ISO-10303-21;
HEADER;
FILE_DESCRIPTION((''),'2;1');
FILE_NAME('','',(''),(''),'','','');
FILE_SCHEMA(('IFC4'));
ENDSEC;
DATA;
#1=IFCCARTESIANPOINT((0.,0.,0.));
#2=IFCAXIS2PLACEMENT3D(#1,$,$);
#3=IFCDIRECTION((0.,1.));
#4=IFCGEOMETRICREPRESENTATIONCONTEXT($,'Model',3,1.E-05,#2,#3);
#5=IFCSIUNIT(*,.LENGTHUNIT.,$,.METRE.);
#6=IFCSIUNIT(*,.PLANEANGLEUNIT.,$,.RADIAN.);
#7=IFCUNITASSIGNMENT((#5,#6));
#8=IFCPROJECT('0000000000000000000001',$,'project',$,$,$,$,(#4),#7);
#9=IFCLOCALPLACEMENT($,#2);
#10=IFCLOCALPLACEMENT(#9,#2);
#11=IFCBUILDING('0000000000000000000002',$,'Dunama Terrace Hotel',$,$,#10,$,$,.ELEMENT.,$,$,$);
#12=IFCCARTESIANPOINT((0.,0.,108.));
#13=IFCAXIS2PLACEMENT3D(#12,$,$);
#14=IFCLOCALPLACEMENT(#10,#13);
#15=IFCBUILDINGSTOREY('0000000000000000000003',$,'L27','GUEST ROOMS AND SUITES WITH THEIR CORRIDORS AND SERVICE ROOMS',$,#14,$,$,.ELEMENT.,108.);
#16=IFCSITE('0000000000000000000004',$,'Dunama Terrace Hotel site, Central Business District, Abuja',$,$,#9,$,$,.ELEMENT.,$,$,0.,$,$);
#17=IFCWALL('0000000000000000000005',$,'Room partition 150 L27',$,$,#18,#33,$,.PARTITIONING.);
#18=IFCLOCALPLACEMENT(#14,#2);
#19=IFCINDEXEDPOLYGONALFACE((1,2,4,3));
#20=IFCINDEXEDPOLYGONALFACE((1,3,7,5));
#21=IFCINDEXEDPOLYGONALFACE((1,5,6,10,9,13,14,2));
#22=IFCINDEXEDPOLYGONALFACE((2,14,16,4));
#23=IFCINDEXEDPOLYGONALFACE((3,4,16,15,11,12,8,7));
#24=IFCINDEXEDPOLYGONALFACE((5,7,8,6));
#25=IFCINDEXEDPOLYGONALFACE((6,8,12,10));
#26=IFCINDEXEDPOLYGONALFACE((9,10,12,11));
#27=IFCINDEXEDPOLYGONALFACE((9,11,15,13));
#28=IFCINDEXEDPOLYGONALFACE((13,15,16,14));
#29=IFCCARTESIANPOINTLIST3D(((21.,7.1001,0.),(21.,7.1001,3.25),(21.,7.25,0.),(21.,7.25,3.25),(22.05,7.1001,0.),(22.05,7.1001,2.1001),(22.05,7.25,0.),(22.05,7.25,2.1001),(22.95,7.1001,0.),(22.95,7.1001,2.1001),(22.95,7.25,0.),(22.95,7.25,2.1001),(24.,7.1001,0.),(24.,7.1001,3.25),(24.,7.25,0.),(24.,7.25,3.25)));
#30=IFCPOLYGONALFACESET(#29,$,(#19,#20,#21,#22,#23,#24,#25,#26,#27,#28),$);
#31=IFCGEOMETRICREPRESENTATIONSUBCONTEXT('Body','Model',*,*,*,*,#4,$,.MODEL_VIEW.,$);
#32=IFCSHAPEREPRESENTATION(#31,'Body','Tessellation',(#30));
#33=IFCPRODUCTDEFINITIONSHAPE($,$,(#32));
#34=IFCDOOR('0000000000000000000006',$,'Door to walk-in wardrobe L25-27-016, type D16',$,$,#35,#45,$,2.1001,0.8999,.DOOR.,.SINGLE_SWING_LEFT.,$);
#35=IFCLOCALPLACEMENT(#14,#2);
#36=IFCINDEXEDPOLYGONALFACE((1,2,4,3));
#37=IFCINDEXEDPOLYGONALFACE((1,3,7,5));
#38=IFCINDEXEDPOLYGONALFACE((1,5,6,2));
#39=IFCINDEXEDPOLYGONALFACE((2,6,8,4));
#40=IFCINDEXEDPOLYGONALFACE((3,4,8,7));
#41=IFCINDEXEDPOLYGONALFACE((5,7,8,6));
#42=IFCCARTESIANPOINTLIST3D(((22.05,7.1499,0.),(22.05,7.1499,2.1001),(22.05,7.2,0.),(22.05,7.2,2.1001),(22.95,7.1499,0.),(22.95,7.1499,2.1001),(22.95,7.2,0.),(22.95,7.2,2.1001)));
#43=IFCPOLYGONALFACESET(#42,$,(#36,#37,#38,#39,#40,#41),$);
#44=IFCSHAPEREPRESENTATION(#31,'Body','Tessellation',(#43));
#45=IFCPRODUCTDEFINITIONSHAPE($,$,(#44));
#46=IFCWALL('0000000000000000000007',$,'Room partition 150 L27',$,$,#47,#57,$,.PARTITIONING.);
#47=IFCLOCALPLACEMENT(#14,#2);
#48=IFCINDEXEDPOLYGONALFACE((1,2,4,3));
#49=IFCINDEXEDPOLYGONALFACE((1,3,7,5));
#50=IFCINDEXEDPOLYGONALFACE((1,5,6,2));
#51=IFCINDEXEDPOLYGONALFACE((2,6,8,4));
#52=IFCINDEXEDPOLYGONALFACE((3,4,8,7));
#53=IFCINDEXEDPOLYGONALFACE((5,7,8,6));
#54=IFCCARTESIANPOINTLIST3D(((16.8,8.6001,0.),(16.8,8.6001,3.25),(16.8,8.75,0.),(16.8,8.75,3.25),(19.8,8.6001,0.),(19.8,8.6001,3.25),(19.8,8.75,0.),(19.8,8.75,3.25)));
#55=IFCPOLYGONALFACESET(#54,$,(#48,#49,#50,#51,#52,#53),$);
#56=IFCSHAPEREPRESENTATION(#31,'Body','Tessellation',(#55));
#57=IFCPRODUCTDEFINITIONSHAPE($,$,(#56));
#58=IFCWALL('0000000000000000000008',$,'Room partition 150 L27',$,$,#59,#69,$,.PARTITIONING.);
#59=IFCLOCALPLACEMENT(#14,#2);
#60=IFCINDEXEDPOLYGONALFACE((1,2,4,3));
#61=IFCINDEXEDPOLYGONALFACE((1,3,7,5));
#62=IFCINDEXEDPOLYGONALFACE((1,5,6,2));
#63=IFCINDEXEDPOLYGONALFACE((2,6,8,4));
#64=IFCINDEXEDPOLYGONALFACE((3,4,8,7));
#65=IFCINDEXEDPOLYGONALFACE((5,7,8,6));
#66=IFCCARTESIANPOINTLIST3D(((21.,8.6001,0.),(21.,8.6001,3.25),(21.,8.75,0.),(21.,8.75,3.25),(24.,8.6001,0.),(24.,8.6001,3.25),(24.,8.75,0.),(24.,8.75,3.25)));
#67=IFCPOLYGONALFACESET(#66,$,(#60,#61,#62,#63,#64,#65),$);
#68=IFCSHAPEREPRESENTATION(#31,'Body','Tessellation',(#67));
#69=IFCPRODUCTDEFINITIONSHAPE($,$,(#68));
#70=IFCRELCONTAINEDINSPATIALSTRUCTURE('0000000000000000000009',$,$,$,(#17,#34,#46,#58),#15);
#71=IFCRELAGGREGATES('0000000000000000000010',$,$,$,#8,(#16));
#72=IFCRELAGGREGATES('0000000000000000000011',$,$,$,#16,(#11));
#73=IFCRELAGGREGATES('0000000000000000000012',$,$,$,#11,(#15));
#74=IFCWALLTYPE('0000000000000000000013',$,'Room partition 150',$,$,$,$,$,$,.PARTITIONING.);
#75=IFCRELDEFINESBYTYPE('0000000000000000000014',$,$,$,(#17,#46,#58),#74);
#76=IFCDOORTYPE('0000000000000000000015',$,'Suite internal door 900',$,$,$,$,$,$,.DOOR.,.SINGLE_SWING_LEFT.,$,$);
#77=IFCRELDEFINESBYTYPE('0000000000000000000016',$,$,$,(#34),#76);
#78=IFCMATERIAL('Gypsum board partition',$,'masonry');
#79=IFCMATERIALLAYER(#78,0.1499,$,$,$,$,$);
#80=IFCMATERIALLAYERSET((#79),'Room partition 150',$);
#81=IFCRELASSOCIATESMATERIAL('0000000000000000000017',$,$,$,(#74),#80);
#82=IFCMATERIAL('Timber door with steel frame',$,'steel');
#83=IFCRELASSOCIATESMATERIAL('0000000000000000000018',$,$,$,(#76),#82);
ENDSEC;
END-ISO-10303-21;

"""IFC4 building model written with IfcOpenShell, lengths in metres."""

from ifc_helpers import new_model, si_unit, direction, frame, frame_2d, origin, place, context, subcontext, project, spatial, rectangle, extrude, material, layer, layer_set, type_object, element, fill, save


model = new_model("IFC4")

# Units and contexts
model_context = context("Model", 3, precision=1e-05, world=origin(), true_north=direction((0.0, 1.0)))
body_context = subcontext(model_context, "Body", "Model", "MODEL_VIEW")
ifc_project = project(units=[si_unit("LENGTHUNIT", "METRE"), si_unit("PLANEANGLEUNIT", "RADIAN")], contexts=[model_context])

# Site, building, storey
site_placement = place(None, origin())
site = spatial("IfcSite", under=ifc_project, at=site_placement, Name="Dunama Terrace Hotel site, Central Business District, Abuja", CompositionType="ELEMENT", RefElevation=0.0)
building_placement = place(site_placement, origin())
building = spatial("IfcBuilding", under=site, at=building_placement, Name="Dunama Terrace Hotel", CompositionType="ELEMENT")
storey_placement = place(building_placement, frame((0.0, 0.0, 108.0)))
storey = spatial("IfcBuildingStorey", under=building, at=storey_placement, Name="L27", Description="GUEST ROOMS AND SUITES WITH THEIR CORRIDORS AND SERVICE ROOMS", CompositionType="ELEMENT", Elevation=108.0)

# Shared definitions
ifc_material_1 = material(Name="Gypsum board partition", Category="masonry")
ifc_layer_1 = layer(ifc_material_1, 0.1499)
ifc_layer_set_1 = layer_set([ifc_layer_1], Name="Room partition 150")
wall_type_1 = type_object("IfcWallType", Name="Room partition 150", PredefinedType="PARTITIONING", material=ifc_layer_set_1)

# Wall, opening, door
ifc_material_2 = material(Name="Timber door with steel frame", Category="steel")
door_type_1 = type_object("IfcDoorType", Name="Suite internal door 900", OperationType="SINGLE_SWING_LEFT", PredefinedType="DOOR", material=ifc_material_2)
wall_1_placement = place(storey_placement, frame((21.0, 7.175, 0.0), z_axis=(0.0, 0.0, 1.0), x_axis=(1.0, 0.0, 0.0)))
wall_1 = element("IfcWall", 1, at=wall_1_placement, inside=storey, type_object=wall_type_1, Name="Room partition 150 L27", PredefinedType="PARTITIONING", context=body_context, shape_type="SweptSolid", body=[
    extrude(rectangle(XDim=3.0, YDim=0.1499, at=frame_2d((1.5, 0.0))), origin(), (0.0, 0.0, 1.0), 3.25),
])
opening_1_placement = place(wall_1_placement, frame((1.05, 0.0, 0.0)))
opening_1 = element("IfcOpeningElement", 2, at=opening_1_placement, cuts=wall_1, PredefinedType="OPENING", context=body_context, shape_type="SweptSolid", body=[
    extrude(rectangle(XDim=0.8999, YDim=2.1001, at=frame_2d((0.45, 1.05))), frame((0.0, 0.085, 0.0), z_axis=(0.0, -1.0, 0.0), x_axis=(1.0, 0.0, 0.0)), (0.0, 0.0, 1.0), 0.1699),
])
door_1_placement = place(opening_1_placement, origin())
door_1 = element("IfcDoor", 3, at=door_1_placement, inside=storey, type_object=door_type_1, Name="Door to walk-in wardrobe L25-27-016, type D16", OperationType="SINGLE_SWING_LEFT", OverallHeight=2.1001, OverallWidth=0.8999, PredefinedType="DOOR", context=body_context, shape_type="SweptSolid", body=[
    extrude(rectangle(XDim=0.8999, YDim=2.1001, at=frame_2d((0.45, 1.05))), frame((0.0, 0.0249, 0.0), z_axis=(0.0, -1.0, 0.0), x_axis=(1.0, 0.0, 0.0)), (0.0, 0.0, 1.0), 0.05),
])
fill(opening_1, door_1)

# Walls
for number, where, z_axis, x_axis, name in (
    (4, (16.8, 8.675, 0.0), (0.0, 0.0, 1.0), (1.0, 0.0, 0.0), "Room partition 150 L27"),
    (5, (21.0, 8.675, 0.0), (0.0, 0.0, 1.0), (1.0, 0.0, 0.0), "Room partition 150 L27"),
):
    element("IfcWall", number, at=place(storey_placement, frame(where, z_axis=z_axis, x_axis=x_axis)), inside=storey, type_object=wall_type_1, Name=name, PredefinedType="PARTITIONING", context=body_context, shape_type="SweptSolid", body=[
        extrude(rectangle(XDim=3.0, YDim=0.1499, at=frame_2d((1.5, 0.0))), origin(), (0.0, 0.0, 1.0), 3.25),
    ])

save(model, "model.ifc")
